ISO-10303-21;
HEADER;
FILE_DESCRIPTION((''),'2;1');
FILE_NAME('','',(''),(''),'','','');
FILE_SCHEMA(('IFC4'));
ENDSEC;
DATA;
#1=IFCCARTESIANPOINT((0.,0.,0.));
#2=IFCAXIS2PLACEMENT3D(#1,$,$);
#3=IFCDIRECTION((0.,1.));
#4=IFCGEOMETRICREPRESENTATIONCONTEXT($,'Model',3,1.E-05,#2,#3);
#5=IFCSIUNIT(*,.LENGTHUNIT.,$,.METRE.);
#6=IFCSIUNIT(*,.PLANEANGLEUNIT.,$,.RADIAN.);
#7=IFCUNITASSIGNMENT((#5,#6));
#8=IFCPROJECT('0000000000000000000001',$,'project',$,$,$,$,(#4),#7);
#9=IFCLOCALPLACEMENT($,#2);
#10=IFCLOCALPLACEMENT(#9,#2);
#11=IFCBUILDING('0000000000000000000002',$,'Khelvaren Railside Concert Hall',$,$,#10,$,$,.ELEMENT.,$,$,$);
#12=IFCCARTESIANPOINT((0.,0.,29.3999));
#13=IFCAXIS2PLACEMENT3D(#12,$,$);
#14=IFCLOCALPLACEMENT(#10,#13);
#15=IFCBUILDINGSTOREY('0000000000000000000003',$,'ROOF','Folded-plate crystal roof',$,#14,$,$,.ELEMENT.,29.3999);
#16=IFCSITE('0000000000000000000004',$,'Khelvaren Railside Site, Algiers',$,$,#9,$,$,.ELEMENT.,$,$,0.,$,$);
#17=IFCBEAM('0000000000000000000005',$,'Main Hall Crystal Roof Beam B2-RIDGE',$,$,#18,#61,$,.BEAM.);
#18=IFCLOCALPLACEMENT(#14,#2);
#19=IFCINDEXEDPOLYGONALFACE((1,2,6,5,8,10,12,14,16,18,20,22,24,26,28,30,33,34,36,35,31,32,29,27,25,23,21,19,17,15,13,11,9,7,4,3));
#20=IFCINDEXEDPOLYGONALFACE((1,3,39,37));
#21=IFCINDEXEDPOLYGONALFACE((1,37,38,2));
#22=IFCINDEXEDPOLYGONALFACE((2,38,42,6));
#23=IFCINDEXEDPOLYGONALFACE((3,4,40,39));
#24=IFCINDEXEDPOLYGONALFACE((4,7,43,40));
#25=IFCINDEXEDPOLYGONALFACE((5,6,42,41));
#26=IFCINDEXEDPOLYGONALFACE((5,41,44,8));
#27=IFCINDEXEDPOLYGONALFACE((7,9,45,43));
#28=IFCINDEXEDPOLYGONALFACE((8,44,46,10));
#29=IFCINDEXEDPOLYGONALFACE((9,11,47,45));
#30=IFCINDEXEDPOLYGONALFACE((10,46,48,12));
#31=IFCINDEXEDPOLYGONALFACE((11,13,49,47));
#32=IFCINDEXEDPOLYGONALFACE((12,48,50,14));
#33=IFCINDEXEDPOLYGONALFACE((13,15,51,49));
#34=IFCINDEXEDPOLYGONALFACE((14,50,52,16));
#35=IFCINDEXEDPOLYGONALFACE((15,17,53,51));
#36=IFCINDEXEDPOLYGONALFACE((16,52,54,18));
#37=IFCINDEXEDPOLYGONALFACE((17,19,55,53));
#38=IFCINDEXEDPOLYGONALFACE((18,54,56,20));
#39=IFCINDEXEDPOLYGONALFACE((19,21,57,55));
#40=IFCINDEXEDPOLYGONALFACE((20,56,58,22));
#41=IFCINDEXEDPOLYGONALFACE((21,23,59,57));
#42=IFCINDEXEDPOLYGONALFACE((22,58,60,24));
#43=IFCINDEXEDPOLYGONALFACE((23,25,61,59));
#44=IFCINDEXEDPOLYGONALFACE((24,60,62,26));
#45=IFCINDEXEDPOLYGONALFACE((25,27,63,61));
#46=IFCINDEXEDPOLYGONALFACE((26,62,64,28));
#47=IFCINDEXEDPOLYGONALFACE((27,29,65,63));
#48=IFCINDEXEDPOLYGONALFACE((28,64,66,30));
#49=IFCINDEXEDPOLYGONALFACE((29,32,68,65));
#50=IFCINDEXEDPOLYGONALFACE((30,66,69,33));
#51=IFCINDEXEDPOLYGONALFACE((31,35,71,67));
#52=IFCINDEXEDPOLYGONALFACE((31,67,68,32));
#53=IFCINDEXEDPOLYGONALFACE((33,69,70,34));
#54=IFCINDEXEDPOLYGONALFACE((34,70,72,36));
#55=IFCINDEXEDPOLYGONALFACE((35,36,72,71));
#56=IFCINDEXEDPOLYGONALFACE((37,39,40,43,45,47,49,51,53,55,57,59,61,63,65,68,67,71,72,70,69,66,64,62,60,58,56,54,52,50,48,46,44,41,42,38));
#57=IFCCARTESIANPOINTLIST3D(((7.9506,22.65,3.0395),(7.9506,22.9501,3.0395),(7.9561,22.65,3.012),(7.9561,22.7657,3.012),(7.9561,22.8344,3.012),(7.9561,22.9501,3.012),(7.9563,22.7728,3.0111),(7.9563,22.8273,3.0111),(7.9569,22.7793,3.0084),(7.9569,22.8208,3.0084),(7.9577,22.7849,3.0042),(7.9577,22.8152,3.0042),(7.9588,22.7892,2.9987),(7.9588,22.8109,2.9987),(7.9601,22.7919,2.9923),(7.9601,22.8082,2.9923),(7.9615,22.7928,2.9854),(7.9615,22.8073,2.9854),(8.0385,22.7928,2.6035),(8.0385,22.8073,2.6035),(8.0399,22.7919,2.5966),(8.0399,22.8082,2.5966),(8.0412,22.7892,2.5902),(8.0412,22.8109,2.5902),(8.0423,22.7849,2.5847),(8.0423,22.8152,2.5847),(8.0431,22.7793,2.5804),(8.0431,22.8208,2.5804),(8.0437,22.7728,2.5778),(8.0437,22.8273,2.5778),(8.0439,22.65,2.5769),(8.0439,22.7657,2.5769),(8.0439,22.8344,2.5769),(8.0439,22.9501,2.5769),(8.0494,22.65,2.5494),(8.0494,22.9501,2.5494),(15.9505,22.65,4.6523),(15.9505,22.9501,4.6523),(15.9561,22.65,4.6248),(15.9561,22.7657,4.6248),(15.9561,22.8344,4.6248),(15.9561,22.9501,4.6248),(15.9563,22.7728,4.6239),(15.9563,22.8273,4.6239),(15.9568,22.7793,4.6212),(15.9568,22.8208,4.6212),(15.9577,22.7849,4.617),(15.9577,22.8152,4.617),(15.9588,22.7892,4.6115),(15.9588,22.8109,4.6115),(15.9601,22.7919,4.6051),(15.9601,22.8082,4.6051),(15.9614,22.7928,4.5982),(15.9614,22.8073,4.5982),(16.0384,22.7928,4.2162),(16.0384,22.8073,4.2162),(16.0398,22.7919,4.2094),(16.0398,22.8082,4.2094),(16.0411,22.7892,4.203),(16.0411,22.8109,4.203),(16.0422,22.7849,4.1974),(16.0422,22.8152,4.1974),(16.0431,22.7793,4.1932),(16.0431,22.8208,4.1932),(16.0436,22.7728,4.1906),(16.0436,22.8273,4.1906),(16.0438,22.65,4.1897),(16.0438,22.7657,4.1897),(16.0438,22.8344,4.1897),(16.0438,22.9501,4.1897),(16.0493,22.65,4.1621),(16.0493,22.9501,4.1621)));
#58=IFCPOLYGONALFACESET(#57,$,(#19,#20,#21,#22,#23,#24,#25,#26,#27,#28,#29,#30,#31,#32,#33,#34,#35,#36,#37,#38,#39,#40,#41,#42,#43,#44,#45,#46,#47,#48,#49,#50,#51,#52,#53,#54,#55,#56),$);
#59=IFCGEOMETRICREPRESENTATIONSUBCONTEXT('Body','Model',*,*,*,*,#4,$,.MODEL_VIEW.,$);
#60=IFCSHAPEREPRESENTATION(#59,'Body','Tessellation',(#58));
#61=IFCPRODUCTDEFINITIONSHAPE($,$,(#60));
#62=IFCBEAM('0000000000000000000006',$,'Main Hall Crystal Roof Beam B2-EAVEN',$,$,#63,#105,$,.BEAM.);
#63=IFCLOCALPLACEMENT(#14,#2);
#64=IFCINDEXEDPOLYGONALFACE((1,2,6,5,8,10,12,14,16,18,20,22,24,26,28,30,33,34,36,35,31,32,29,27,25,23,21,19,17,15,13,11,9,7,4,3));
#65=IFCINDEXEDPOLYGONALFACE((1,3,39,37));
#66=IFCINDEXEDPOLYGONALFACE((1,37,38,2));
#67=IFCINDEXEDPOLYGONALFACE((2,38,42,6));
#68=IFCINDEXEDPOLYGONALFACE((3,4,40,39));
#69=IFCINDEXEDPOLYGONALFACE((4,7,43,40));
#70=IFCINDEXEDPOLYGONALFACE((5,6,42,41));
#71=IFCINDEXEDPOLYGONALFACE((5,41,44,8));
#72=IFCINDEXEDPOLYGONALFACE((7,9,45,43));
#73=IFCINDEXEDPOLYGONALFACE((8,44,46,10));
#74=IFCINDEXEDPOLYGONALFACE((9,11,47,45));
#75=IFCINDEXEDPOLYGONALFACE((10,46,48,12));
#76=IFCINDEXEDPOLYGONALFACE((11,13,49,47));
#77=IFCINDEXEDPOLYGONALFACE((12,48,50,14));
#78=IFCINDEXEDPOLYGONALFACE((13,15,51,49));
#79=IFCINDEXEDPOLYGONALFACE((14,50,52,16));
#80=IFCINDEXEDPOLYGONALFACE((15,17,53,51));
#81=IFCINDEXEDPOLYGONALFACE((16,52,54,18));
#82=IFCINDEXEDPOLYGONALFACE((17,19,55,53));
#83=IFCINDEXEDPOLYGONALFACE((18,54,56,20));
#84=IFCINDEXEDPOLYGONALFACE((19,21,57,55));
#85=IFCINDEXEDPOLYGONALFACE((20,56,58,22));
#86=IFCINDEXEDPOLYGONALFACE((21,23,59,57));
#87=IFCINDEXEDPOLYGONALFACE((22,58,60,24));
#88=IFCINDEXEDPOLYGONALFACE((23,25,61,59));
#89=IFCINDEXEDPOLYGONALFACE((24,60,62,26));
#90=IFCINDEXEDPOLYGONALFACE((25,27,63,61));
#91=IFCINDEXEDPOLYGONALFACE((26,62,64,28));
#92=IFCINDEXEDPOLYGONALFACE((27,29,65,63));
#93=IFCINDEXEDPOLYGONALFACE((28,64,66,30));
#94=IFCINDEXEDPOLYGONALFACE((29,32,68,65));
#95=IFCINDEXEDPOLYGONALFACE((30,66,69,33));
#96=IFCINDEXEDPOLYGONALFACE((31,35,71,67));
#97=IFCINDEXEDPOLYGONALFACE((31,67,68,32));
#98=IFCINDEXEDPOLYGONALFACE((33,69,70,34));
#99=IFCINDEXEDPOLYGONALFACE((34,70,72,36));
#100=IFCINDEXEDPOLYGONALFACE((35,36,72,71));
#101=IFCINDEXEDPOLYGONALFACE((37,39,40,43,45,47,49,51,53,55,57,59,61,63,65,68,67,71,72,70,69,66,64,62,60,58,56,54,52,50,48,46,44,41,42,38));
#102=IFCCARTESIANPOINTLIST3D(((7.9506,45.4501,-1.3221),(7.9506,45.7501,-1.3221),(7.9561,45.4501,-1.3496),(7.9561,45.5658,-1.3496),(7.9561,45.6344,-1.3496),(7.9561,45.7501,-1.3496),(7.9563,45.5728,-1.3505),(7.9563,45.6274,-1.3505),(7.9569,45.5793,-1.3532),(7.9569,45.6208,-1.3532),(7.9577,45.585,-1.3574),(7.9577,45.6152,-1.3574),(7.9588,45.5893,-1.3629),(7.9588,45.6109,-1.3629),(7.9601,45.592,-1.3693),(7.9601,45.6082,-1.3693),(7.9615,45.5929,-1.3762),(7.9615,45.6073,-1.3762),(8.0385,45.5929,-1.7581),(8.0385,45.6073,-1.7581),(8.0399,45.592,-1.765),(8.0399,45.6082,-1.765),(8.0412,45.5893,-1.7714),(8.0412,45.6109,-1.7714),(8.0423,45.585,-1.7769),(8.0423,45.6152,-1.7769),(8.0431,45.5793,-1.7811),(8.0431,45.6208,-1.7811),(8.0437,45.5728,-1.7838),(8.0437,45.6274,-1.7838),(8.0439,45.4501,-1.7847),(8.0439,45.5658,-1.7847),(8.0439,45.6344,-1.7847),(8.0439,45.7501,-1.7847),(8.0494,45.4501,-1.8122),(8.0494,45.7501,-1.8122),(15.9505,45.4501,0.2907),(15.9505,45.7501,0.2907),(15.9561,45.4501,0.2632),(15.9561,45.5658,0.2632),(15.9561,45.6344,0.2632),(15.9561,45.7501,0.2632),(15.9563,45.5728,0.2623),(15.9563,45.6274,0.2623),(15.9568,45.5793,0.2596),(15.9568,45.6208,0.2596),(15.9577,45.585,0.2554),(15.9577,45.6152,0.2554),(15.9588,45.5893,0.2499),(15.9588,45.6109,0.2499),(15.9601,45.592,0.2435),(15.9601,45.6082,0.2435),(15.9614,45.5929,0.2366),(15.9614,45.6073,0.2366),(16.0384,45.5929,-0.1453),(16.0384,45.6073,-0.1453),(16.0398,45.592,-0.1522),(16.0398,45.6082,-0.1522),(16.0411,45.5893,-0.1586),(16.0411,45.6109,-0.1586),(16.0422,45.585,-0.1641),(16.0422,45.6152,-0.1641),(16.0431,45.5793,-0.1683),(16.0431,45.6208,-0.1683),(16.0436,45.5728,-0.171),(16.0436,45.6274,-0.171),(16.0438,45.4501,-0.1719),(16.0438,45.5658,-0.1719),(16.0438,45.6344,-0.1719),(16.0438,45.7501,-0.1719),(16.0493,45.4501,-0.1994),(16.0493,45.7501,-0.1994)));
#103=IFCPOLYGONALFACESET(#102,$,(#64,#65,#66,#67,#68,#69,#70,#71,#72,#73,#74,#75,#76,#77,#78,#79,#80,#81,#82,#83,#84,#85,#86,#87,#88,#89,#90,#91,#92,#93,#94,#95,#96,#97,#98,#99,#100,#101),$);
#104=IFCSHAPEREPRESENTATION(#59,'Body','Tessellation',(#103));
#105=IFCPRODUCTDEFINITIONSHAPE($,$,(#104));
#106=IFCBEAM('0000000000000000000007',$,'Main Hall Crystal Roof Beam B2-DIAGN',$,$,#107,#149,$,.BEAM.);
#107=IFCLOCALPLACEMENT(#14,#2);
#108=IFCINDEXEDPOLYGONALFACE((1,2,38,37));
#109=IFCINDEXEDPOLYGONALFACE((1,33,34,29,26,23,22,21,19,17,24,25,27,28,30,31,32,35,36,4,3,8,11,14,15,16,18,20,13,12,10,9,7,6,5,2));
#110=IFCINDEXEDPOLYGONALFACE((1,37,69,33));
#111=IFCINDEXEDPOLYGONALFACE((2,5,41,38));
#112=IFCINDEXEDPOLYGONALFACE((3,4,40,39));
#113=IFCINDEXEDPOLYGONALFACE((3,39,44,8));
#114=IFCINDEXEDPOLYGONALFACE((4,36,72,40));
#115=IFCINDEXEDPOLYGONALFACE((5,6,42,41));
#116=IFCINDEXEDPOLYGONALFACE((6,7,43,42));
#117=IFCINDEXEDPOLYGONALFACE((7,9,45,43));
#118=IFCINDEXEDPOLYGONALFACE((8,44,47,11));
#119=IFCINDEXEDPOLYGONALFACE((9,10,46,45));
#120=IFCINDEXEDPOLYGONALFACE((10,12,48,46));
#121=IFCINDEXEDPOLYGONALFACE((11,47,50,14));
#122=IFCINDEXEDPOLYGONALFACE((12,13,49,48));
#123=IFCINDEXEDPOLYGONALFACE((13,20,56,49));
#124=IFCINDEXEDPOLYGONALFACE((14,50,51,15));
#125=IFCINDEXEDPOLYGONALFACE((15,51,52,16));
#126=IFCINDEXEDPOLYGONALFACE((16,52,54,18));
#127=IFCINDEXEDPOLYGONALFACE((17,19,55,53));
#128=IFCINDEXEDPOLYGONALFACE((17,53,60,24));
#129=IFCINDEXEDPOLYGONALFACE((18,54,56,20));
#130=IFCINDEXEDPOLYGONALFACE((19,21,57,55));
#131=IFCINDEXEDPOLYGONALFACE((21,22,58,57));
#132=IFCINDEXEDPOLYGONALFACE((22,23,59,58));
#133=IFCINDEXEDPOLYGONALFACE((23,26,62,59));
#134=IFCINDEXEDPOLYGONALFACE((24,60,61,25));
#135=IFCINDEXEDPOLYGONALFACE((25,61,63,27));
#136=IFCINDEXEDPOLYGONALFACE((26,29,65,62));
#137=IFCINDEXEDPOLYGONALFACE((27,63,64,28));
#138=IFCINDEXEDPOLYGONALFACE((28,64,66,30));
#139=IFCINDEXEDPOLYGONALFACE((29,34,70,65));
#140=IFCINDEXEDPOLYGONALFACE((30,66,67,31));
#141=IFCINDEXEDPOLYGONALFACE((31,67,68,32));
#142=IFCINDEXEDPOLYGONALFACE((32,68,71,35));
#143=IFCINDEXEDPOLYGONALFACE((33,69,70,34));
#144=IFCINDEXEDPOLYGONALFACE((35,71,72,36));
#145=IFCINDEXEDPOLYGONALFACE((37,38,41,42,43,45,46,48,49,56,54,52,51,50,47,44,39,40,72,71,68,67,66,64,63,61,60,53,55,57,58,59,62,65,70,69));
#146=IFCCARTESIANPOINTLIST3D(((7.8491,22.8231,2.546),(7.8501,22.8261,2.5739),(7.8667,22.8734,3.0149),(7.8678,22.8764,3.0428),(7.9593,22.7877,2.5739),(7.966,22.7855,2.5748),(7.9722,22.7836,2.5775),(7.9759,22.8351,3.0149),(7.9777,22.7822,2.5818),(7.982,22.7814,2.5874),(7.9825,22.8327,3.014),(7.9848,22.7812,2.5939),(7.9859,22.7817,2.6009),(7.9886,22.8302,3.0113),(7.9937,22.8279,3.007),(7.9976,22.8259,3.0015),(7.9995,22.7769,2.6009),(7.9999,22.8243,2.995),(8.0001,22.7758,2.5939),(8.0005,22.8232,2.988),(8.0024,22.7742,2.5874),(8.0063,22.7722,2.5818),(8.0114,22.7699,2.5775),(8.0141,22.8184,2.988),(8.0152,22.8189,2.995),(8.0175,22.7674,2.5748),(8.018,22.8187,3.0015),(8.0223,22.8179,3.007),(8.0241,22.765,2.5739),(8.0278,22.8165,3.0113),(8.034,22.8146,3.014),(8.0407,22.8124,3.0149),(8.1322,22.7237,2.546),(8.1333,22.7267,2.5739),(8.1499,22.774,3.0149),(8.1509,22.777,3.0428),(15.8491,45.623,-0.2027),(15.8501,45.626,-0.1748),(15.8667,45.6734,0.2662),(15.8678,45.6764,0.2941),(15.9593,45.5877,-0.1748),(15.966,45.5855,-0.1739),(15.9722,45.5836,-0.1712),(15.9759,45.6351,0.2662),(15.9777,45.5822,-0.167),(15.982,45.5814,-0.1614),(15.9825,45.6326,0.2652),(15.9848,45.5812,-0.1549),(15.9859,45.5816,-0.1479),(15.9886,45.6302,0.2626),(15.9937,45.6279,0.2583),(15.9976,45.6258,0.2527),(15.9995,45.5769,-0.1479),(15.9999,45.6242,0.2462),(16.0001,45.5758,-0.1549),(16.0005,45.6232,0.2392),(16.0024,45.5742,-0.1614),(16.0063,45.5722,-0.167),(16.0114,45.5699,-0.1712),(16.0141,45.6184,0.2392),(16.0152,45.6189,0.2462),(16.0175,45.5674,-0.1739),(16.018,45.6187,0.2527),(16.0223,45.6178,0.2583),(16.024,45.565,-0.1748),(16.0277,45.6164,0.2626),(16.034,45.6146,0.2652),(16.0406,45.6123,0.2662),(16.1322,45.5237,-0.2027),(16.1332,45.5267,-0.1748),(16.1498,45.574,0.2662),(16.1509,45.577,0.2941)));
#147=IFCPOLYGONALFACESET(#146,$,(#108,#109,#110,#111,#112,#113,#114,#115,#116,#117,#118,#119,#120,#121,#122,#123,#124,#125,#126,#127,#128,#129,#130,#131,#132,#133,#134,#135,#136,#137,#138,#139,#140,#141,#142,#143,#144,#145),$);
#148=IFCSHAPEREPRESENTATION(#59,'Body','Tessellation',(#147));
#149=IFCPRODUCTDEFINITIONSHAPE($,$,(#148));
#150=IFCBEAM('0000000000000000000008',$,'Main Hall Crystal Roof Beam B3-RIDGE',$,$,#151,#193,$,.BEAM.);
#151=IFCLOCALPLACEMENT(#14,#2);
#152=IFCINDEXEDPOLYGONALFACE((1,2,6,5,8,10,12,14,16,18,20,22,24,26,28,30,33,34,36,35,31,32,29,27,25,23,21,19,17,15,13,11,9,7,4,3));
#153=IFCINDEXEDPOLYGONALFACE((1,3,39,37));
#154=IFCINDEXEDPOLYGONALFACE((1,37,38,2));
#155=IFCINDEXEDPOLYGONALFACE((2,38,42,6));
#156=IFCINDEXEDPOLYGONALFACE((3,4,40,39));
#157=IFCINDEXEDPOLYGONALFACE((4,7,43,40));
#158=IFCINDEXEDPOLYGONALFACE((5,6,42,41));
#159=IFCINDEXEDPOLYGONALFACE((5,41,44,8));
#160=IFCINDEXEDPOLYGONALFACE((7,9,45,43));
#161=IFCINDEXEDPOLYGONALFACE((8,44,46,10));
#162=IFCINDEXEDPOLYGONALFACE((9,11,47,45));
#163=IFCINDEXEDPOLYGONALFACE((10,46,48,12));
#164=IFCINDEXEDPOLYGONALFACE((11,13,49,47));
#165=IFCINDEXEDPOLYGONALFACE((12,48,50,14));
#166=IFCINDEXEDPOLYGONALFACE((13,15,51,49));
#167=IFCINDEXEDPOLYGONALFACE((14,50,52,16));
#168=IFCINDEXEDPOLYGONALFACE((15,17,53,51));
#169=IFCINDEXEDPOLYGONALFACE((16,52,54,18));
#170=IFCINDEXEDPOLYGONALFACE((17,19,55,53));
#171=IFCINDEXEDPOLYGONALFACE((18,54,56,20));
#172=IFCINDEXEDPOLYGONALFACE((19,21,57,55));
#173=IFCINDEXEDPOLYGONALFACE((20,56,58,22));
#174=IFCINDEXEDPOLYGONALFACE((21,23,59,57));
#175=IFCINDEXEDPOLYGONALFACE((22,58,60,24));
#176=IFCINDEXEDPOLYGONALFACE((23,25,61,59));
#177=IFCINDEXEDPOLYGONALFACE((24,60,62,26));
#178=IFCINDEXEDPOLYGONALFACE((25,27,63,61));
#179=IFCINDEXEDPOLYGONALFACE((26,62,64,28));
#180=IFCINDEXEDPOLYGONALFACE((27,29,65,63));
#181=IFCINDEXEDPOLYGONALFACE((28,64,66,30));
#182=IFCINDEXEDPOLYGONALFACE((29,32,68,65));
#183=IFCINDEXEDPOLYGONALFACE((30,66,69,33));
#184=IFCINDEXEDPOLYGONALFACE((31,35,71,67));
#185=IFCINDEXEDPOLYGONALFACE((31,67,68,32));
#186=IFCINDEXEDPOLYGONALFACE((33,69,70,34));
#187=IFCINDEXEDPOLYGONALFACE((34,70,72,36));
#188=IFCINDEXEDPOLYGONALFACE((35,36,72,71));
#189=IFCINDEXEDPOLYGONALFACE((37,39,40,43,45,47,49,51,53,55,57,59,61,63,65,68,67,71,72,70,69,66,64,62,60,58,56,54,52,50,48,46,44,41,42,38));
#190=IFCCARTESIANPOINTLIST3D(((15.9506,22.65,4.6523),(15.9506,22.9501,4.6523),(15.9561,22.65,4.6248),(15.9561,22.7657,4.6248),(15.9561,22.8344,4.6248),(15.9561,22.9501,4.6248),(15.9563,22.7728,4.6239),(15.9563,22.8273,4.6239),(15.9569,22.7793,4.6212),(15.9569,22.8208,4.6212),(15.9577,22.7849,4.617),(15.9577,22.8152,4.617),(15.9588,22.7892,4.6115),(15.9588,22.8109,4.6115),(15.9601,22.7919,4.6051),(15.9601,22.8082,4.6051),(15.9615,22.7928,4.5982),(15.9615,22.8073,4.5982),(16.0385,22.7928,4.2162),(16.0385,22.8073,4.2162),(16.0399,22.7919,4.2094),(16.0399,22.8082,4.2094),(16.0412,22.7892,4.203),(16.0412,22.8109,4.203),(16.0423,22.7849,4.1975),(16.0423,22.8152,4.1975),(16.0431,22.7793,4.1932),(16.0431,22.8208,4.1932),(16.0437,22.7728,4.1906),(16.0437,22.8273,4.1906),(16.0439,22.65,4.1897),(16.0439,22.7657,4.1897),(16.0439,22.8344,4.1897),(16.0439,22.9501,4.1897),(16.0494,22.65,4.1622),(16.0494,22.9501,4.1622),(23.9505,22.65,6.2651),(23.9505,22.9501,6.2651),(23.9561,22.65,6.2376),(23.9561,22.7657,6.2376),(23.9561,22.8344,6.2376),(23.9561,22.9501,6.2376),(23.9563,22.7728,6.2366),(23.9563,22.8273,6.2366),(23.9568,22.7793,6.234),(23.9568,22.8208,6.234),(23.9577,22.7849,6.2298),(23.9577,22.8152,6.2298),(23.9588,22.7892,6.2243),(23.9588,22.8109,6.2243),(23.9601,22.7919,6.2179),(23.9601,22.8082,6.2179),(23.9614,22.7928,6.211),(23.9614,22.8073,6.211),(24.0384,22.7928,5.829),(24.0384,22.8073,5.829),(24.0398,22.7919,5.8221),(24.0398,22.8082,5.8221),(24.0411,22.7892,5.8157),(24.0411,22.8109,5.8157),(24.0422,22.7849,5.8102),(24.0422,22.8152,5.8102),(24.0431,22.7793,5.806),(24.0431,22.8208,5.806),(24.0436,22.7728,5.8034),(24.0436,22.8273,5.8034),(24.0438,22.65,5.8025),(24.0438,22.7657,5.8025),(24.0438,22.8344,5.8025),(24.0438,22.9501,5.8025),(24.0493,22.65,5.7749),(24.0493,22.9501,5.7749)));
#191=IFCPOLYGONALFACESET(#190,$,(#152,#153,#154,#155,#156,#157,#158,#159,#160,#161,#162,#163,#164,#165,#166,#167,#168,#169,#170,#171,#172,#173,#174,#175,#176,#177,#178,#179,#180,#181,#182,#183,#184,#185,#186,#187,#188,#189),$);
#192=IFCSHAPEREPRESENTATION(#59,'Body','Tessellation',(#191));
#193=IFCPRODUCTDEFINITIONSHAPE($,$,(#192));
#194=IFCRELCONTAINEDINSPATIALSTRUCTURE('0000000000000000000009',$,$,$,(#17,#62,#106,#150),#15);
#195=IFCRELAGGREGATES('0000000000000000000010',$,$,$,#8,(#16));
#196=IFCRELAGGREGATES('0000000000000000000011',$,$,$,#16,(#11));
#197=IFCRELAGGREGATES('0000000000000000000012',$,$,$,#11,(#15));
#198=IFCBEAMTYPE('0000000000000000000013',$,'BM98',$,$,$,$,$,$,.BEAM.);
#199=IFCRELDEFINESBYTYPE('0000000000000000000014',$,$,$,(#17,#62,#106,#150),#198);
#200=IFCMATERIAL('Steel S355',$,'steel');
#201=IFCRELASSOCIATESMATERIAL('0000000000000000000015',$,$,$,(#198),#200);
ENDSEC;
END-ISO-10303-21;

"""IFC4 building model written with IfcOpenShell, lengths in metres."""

from ifc_helpers import new_model, si_unit, direction, frame, origin, origin_2d, place, context, subcontext, project, spatial, i_section, extrude, material, material_profile, profile_set, type_object, element, save


model = new_model("IFC4")

# Units and contexts
model_context = context("Model", 3, precision=1e-05, world=origin(), true_north=direction((0.0, 1.0)))
body_context = subcontext(model_context, "Body", "Model", "MODEL_VIEW")
ifc_project = project(units=[si_unit("LENGTHUNIT", "METRE"), si_unit("PLANEANGLEUNIT", "RADIAN")], contexts=[model_context])

# Site, building, storey
site_placement = place(None, origin())
site = spatial("IfcSite", under=ifc_project, at=site_placement, Name="Khelvaren Railside Site, Algiers", CompositionType="ELEMENT", RefElevation=0.0)
building_placement = place(site_placement, origin())
building = spatial("IfcBuilding", under=site, at=building_placement, Name="Khelvaren Railside Concert Hall", CompositionType="ELEMENT")
storey_placement = place(building_placement, frame((0.0, 0.0, 29.3999)))
storey = spatial("IfcBuildingStorey", under=building, at=storey_placement, Name="ROOF", Description="Folded-plate crystal roof", CompositionType="ELEMENT", Elevation=29.3999)

# Beams
ifc_material_1 = material(Name="Steel S355", Category="steel")
ifc_material_profile_1 = material_profile(ifc_material_1, i_section(OverallWidth=0.3, OverallDepth=0.5, WebThickness=0.0144, FlangeThickness=0.0281, FilletRadius=0.0271, at=origin_2d()), Name="HEB 500")
ifc_profile_set_1 = profile_set([ifc_material_profile_1], Name="Steel S355")
beam_type = type_object("IfcBeamType", Name="BM98", PredefinedType="BEAM", material=ifc_profile_set_1)
for number, where, z_axis, x_axis, name in (
    (1, (8.0, 22.8, 2.7944), (0.980278, 0.0, 0.197623), (0.0, 1.0, 0.0), "Main Hall Crystal Roof Beam B2-RIDGE"),
    (2, (8.0, 45.6001, -1.5671), (0.980278, 0.0, 0.197623), (0.0, 1.0, 0.0), "Main Hall Crystal Roof Beam B2-EAVEN"),
):
    element("IfcBeam", number, at=place(storey_placement, frame(where, z_axis=z_axis, x_axis=x_axis)), inside=storey, type_object=beam_type, Name=name, PredefinedType="BEAM", context=body_context, shape_type="SweptSolid", body=[
        extrude(i_section(OverallWidth=0.3, OverallDepth=0.5, WebThickness=0.0144, FlangeThickness=0.0281, FilletRadius=0.0271, at=origin_2d()), origin(), (0.0, 0.0, 1.0), 8.1609),
    ])
beam_1_placement = place(storey_placement, frame((8.0, 22.8, 2.7944), z_axis=(0.328965, 0.937553, -0.113032), x_axis=(-0.9436, 0.331087, 0.0)))
element("IfcBeam", 3, at=beam_1_placement, inside=storey, type_object=beam_type, Name="Main Hall Crystal Roof Beam B2-DIAGN", PredefinedType="BEAM", context=body_context, shape_type="SweptSolid", body=[
    extrude(i_section(OverallWidth=0.3, OverallDepth=0.5, WebThickness=0.0144, FlangeThickness=0.0281, FilletRadius=0.0271, at=origin_2d()), origin(), (0.0, 0.0, 1.0), 24.3186),
])
beam_2_placement = place(storey_placement, frame((16.0, 22.8, 4.4072), z_axis=(0.980278, 0.0, 0.197623), x_axis=(0.0, 1.0, 0.0)))
element("IfcBeam", 4, at=beam_2_placement, inside=storey, type_object=beam_type, Name="Main Hall Crystal Roof Beam B3-RIDGE", PredefinedType="BEAM", context=body_context, shape_type="SweptSolid", body=[
    extrude(i_section(OverallWidth=0.3, OverallDepth=0.5, WebThickness=0.0144, FlangeThickness=0.0281, FilletRadius=0.0271, at=origin_2d()), origin(), (0.0, 0.0, 1.0), 8.1609),
])

save(model, "model.ifc")
